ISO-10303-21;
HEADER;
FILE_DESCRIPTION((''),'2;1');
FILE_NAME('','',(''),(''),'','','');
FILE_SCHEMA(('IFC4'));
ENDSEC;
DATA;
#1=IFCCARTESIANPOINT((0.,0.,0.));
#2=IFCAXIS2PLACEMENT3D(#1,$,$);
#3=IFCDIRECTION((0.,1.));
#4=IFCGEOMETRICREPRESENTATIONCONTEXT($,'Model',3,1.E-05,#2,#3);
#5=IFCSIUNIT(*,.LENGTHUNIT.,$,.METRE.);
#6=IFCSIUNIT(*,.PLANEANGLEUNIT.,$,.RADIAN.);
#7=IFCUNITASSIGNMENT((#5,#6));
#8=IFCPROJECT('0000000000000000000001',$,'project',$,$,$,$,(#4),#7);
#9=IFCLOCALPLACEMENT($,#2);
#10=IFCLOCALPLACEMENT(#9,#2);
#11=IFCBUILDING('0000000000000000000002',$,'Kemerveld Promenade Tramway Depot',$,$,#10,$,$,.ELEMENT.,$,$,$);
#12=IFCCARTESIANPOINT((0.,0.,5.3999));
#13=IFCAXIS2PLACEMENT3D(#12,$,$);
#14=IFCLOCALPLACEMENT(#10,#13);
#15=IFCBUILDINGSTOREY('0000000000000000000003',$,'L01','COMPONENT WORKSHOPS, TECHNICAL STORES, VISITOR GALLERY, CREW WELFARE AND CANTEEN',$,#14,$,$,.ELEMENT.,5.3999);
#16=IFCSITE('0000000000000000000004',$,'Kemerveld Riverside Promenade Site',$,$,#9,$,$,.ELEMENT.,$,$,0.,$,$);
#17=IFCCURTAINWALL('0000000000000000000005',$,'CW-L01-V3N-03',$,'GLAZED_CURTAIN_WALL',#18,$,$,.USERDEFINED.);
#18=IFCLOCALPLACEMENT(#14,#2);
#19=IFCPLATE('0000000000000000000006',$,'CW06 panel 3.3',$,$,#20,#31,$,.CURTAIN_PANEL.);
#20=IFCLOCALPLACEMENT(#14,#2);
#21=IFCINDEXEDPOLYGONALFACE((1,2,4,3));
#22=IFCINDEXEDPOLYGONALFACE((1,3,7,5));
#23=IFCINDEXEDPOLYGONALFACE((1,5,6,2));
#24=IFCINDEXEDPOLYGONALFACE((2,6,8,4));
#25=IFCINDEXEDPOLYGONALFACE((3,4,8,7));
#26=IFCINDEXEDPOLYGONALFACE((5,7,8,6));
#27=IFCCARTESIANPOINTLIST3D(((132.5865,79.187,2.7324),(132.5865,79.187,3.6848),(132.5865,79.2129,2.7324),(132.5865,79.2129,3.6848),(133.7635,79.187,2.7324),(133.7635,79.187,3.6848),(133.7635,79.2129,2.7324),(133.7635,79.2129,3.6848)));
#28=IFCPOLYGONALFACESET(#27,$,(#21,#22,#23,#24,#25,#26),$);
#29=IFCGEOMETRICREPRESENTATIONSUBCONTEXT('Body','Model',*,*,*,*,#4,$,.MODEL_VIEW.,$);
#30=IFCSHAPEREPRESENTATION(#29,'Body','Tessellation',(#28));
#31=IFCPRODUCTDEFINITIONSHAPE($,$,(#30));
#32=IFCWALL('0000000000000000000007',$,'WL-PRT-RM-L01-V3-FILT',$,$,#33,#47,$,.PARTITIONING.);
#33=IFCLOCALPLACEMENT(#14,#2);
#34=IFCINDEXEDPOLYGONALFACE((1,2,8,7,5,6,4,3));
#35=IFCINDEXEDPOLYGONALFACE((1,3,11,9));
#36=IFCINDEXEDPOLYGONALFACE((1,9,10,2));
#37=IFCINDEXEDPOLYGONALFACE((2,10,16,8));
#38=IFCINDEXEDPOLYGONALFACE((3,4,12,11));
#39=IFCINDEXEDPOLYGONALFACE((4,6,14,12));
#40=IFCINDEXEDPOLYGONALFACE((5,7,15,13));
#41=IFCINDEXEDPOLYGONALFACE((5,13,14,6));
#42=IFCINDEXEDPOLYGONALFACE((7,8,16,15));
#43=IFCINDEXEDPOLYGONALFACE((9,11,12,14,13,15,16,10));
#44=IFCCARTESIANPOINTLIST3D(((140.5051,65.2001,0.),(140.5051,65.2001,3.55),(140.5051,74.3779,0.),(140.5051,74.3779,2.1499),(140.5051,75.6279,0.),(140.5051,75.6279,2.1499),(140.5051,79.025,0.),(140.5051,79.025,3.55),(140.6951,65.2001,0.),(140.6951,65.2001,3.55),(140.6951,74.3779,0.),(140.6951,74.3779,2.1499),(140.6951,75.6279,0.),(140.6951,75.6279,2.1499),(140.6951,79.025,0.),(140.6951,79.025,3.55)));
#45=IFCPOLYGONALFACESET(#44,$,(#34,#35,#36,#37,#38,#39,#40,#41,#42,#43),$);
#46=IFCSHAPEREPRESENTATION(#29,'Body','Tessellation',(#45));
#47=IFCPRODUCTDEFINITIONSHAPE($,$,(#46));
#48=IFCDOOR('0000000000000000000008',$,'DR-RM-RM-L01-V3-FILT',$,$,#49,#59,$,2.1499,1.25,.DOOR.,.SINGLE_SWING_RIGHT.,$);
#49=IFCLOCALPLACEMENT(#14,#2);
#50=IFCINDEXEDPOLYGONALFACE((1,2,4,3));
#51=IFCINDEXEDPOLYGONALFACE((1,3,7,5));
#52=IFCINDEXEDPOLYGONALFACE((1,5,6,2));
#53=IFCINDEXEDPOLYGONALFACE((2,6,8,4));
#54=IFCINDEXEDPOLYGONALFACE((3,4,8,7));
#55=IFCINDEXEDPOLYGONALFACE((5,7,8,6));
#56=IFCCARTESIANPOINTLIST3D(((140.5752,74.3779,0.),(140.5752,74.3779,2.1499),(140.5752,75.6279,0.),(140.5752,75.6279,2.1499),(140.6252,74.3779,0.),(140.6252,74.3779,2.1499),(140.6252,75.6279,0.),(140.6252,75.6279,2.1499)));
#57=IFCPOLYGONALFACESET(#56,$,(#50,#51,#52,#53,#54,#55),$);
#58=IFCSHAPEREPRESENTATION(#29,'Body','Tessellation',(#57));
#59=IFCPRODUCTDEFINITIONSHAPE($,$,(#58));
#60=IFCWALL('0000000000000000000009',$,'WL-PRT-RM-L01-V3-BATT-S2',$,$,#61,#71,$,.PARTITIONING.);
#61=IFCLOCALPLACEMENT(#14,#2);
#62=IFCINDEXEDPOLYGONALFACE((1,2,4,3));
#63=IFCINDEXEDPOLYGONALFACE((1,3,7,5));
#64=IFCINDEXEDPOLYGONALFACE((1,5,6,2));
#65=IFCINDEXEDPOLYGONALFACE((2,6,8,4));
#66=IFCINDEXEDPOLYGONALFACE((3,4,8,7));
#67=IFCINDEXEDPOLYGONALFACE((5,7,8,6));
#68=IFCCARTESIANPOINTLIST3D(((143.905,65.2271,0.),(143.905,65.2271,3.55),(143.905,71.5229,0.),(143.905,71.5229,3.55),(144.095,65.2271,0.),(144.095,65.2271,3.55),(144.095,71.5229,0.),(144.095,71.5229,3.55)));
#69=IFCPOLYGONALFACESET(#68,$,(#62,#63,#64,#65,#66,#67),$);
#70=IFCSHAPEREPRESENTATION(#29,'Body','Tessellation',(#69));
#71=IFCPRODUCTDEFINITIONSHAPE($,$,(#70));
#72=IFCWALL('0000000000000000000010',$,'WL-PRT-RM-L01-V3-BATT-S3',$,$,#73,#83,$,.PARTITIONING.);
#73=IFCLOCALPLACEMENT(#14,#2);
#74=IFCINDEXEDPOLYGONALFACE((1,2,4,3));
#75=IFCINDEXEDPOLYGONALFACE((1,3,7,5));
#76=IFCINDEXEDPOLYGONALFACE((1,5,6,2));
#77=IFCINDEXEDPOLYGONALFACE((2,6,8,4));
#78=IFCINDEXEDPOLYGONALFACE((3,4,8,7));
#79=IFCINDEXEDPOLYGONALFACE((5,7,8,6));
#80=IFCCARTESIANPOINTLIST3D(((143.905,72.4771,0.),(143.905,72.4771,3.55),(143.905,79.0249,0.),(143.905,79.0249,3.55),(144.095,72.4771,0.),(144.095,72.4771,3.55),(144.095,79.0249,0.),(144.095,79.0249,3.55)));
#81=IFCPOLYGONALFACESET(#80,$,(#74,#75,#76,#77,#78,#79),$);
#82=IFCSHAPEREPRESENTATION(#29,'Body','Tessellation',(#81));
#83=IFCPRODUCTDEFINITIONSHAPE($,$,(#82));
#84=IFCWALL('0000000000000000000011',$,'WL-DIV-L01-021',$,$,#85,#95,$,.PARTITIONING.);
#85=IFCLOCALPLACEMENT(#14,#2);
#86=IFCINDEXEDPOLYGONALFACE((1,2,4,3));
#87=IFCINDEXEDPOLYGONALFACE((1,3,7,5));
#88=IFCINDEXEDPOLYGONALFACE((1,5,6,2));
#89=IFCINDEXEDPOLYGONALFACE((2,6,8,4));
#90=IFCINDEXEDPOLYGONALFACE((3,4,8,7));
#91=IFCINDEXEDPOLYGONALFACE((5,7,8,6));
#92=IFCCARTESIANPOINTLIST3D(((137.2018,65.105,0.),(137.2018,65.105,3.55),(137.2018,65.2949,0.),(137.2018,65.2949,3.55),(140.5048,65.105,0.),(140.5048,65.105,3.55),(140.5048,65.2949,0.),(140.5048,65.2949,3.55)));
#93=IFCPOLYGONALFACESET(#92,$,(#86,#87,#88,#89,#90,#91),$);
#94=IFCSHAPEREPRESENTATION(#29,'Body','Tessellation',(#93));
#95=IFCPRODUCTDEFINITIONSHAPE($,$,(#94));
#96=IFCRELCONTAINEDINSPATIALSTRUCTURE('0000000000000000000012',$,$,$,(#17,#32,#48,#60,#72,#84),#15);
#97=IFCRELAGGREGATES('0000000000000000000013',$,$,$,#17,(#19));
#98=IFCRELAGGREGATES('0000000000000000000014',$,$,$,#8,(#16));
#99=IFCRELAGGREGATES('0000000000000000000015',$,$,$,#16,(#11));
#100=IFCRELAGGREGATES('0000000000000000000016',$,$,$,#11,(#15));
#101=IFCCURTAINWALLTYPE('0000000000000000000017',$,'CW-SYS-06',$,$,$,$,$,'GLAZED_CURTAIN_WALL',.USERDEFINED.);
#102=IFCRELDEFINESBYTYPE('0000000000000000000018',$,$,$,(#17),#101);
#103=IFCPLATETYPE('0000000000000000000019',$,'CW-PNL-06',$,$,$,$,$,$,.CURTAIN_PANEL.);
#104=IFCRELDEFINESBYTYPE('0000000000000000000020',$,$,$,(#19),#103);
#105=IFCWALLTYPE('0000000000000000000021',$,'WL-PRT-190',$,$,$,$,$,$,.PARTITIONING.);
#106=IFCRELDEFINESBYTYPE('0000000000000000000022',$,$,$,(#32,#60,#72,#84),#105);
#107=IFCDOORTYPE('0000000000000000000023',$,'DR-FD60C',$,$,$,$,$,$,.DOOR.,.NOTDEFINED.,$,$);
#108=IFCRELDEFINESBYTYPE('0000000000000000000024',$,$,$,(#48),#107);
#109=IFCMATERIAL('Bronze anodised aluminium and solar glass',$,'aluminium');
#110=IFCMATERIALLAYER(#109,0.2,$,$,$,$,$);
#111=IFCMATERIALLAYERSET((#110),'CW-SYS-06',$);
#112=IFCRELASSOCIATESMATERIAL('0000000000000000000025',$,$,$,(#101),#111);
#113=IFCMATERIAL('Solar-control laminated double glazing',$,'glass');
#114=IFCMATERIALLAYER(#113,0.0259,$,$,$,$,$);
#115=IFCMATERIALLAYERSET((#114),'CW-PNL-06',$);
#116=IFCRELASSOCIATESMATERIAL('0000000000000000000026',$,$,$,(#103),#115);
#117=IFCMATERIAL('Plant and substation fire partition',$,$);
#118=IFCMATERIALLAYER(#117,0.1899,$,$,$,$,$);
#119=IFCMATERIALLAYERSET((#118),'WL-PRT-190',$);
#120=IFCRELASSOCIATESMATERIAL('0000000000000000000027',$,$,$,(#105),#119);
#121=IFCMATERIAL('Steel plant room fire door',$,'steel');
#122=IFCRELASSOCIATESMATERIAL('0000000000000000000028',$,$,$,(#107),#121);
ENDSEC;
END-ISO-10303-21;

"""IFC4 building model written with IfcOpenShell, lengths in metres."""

from ifc_helpers import new_model, si_unit, direction, frame, frame_2d, origin, origin_2d, place, context, subcontext, project, spatial, rectangle, extrude, material, layer, layer_set, type_object, element, fill, aggregate, save


model = new_model("IFC4")

# Units and contexts
model_context = context("Model", 3, precision=1e-05, world=origin(), true_north=direction((0.0, 1.0)))
body_context = subcontext(model_context, "Body", "Model", "MODEL_VIEW")
ifc_project = project(units=[si_unit("LENGTHUNIT", "METRE"), si_unit("PLANEANGLEUNIT", "RADIAN")], contexts=[model_context])

# Site, building, storey
site_placement = place(None, origin())
site = spatial("IfcSite", under=ifc_project, at=site_placement, Name="Kemerveld Riverside Promenade Site", CompositionType="ELEMENT", RefElevation=0.0)
building_placement = place(site_placement, origin())
building = spatial("IfcBuilding", under=site, at=building_placement, Name="Kemerveld Promenade Tramway Depot", CompositionType="ELEMENT")
storey_placement = place(building_placement, frame((0.0, 0.0, 5.3999)))
storey = spatial("IfcBuildingStorey", under=building, at=storey_placement, Name="L01", Description="COMPONENT WORKSHOPS, TECHNICAL STORES, VISITOR GALLERY, CREW WELFARE AND CANTEEN", CompositionType="ELEMENT", Elevation=5.3999)

# Curtain wall, plate
ifc_material_1 = material(Name="Bronze anodised aluminium and solar glass", Category="aluminium")
ifc_layer_1 = layer(ifc_material_1, 0.2)
ifc_layer_set_1 = layer_set([ifc_layer_1], Name="CW-SYS-06")
curtain_wall_type = type_object("IfcCurtainWallType", Name="CW-SYS-06", ElementType="GLAZED_CURTAIN_WALL", PredefinedType="USERDEFINED", material=ifc_layer_set_1)
curtain_wall_placement = place(storey_placement, origin())
curtain_wall = element("IfcCurtainWall", 1, at=curtain_wall_placement, inside=storey, type_object=curtain_wall_type, Name="CW-L01-V3N-03", ObjectType="GLAZED_CURTAIN_WALL", PredefinedType="USERDEFINED")
ifc_material_2 = material(Name="Solar-control laminated double glazing", Category="glass")
ifc_layer_2 = layer(ifc_material_2, 0.0259)
ifc_layer_set_2 = layer_set([ifc_layer_2], Name="CW-PNL-06")
plate_type = type_object("IfcPlateType", Name="CW-PNL-06", PredefinedType="CURTAIN_PANEL", material=ifc_layer_set_2)
plate_1_placement = place(storey_placement, frame((133.175, 79.2, 2.7324), z_axis=(0.0, 0.0, 1.0), x_axis=(1.0, 0.0, 0.0)))
plate_1 = element("IfcPlate", 2, at=plate_1_placement, type_object=plate_type, Name="CW06 panel 3.3", PredefinedType="CURTAIN_PANEL", context=body_context, shape_type="SweptSolid", body=[
    extrude(rectangle(XDim=1.177, YDim=0.0259, at=origin_2d()), origin(), (0.0, 0.0, 1.0), 0.9524),
])
aggregate(curtain_wall, [plate_1])

# Wall, opening, door
ifc_material_3 = material(Name="Plant and substation fire partition")
ifc_layer_3 = layer(ifc_material_3, 0.1899)
ifc_layer_set_3 = layer_set([ifc_layer_3], Name="WL-PRT-190")
wall_type = type_object("IfcWallType", Name="WL-PRT-190", PredefinedType="PARTITIONING", material=ifc_layer_set_3)
wall_1_placement = place(storey_placement, frame((140.6001, 65.2, 0.0), z_axis=(0.0, 0.0, 1.0), x_axis=(0.0, 1.0, 0.0)))
wall_1 = element("IfcWall", 3, at=wall_1_placement, inside=storey, type_object=wall_type, Name="WL-PRT-RM-L01-V3-FILT", PredefinedType="PARTITIONING", context=body_context, shape_type="SweptSolid", body=[
    extrude(rectangle(XDim=13.825, YDim=0.1899, at=frame_2d((6.9126, 0.0))), origin(), (0.0, 0.0, 1.0), 3.55),
])
opening_placement = place(wall_1_placement, frame((9.178, 0.0, 0.0)))
opening = element("IfcOpeningElement", 4, at=opening_placement, cuts=wall_1, PredefinedType="OPENING", context=body_context, shape_type="SweptSolid", body=[
    extrude(rectangle(XDim=1.25, YDim=2.1499, at=frame_2d((0.625, 1.075))), frame((0.0, 0.105, 0.0), z_axis=(0.0, -1.0, 0.0), x_axis=(1.0, 0.0, 0.0)), (0.0, 0.0, 1.0), 0.21),
])
ifc_material_4 = material(Name="Steel plant room fire door", Category="steel")
door_type = type_object("IfcDoorType", Name="DR-FD60C", OperationType="NOTDEFINED", PredefinedType="DOOR", material=ifc_material_4)
door_placement = place(opening_placement, origin())
door = element("IfcDoor", 5, at=door_placement, inside=storey, type_object=door_type, Name="DR-RM-RM-L01-V3-FILT", OperationType="SINGLE_SWING_RIGHT", OverallHeight=2.1499, OverallWidth=1.25, PredefinedType="DOOR", context=body_context, shape_type="SweptSolid", body=[
    extrude(rectangle(XDim=1.25, YDim=2.1499, at=frame_2d((0.625, 1.075))), frame((0.0, 0.0249, 0.0), z_axis=(0.0, -1.0, 0.0), x_axis=(1.0, 0.0, 0.0)), (0.0, 0.0, 1.0), 0.05),
])
fill(opening, door)

# Walls
wall_2_placement = place(storey_placement, frame((144.0, 65.2271, 0.0), z_axis=(0.0, 0.0, 1.0), x_axis=(0.0, 1.0, 0.0)))
element("IfcWall", 6, at=wall_2_placement, inside=storey, type_object=wall_type, Name="WL-PRT-RM-L01-V3-BATT-S2", PredefinedType="PARTITIONING", context=body_context, shape_type="SweptSolid", body=[
    extrude(rectangle(XDim=6.2959, YDim=0.1899, at=frame_2d((3.1479, 0.0))), origin(), (0.0, 0.0, 1.0), 3.55),
])
wall_3_placement = place(storey_placement, frame((144.0, 72.4771, 0.0), z_axis=(0.0, 0.0, 1.0), x_axis=(0.0, 1.0, 0.0)))
element("IfcWall", 7, at=wall_3_placement, inside=storey, type_object=wall_type, Name="WL-PRT-RM-L01-V3-BATT-S3", PredefinedType="PARTITIONING", context=body_context, shape_type="SweptSolid", body=[
    extrude(rectangle(XDim=6.5479, YDim=0.1899, at=frame_2d((3.2739, 0.0))), origin(), (0.0, 0.0, 1.0), 3.55),
])
wall_4_placement = place(storey_placement, frame((137.2019, 65.2, 0.0), z_axis=(0.0, 0.0, 1.0), x_axis=(1.0, 0.0, 0.0)))
element("IfcWall", 8, at=wall_4_placement, inside=storey, type_object=wall_type, Name="WL-DIV-L01-021", PredefinedType="PARTITIONING", context=body_context, shape_type="SweptSolid", body=[
    extrude(rectangle(XDim=3.303, YDim=0.1899, at=frame_2d((1.6514, 0.0))), origin(), (0.0, 0.0, 1.0), 3.55),
])

save(model, "model.ifc")
